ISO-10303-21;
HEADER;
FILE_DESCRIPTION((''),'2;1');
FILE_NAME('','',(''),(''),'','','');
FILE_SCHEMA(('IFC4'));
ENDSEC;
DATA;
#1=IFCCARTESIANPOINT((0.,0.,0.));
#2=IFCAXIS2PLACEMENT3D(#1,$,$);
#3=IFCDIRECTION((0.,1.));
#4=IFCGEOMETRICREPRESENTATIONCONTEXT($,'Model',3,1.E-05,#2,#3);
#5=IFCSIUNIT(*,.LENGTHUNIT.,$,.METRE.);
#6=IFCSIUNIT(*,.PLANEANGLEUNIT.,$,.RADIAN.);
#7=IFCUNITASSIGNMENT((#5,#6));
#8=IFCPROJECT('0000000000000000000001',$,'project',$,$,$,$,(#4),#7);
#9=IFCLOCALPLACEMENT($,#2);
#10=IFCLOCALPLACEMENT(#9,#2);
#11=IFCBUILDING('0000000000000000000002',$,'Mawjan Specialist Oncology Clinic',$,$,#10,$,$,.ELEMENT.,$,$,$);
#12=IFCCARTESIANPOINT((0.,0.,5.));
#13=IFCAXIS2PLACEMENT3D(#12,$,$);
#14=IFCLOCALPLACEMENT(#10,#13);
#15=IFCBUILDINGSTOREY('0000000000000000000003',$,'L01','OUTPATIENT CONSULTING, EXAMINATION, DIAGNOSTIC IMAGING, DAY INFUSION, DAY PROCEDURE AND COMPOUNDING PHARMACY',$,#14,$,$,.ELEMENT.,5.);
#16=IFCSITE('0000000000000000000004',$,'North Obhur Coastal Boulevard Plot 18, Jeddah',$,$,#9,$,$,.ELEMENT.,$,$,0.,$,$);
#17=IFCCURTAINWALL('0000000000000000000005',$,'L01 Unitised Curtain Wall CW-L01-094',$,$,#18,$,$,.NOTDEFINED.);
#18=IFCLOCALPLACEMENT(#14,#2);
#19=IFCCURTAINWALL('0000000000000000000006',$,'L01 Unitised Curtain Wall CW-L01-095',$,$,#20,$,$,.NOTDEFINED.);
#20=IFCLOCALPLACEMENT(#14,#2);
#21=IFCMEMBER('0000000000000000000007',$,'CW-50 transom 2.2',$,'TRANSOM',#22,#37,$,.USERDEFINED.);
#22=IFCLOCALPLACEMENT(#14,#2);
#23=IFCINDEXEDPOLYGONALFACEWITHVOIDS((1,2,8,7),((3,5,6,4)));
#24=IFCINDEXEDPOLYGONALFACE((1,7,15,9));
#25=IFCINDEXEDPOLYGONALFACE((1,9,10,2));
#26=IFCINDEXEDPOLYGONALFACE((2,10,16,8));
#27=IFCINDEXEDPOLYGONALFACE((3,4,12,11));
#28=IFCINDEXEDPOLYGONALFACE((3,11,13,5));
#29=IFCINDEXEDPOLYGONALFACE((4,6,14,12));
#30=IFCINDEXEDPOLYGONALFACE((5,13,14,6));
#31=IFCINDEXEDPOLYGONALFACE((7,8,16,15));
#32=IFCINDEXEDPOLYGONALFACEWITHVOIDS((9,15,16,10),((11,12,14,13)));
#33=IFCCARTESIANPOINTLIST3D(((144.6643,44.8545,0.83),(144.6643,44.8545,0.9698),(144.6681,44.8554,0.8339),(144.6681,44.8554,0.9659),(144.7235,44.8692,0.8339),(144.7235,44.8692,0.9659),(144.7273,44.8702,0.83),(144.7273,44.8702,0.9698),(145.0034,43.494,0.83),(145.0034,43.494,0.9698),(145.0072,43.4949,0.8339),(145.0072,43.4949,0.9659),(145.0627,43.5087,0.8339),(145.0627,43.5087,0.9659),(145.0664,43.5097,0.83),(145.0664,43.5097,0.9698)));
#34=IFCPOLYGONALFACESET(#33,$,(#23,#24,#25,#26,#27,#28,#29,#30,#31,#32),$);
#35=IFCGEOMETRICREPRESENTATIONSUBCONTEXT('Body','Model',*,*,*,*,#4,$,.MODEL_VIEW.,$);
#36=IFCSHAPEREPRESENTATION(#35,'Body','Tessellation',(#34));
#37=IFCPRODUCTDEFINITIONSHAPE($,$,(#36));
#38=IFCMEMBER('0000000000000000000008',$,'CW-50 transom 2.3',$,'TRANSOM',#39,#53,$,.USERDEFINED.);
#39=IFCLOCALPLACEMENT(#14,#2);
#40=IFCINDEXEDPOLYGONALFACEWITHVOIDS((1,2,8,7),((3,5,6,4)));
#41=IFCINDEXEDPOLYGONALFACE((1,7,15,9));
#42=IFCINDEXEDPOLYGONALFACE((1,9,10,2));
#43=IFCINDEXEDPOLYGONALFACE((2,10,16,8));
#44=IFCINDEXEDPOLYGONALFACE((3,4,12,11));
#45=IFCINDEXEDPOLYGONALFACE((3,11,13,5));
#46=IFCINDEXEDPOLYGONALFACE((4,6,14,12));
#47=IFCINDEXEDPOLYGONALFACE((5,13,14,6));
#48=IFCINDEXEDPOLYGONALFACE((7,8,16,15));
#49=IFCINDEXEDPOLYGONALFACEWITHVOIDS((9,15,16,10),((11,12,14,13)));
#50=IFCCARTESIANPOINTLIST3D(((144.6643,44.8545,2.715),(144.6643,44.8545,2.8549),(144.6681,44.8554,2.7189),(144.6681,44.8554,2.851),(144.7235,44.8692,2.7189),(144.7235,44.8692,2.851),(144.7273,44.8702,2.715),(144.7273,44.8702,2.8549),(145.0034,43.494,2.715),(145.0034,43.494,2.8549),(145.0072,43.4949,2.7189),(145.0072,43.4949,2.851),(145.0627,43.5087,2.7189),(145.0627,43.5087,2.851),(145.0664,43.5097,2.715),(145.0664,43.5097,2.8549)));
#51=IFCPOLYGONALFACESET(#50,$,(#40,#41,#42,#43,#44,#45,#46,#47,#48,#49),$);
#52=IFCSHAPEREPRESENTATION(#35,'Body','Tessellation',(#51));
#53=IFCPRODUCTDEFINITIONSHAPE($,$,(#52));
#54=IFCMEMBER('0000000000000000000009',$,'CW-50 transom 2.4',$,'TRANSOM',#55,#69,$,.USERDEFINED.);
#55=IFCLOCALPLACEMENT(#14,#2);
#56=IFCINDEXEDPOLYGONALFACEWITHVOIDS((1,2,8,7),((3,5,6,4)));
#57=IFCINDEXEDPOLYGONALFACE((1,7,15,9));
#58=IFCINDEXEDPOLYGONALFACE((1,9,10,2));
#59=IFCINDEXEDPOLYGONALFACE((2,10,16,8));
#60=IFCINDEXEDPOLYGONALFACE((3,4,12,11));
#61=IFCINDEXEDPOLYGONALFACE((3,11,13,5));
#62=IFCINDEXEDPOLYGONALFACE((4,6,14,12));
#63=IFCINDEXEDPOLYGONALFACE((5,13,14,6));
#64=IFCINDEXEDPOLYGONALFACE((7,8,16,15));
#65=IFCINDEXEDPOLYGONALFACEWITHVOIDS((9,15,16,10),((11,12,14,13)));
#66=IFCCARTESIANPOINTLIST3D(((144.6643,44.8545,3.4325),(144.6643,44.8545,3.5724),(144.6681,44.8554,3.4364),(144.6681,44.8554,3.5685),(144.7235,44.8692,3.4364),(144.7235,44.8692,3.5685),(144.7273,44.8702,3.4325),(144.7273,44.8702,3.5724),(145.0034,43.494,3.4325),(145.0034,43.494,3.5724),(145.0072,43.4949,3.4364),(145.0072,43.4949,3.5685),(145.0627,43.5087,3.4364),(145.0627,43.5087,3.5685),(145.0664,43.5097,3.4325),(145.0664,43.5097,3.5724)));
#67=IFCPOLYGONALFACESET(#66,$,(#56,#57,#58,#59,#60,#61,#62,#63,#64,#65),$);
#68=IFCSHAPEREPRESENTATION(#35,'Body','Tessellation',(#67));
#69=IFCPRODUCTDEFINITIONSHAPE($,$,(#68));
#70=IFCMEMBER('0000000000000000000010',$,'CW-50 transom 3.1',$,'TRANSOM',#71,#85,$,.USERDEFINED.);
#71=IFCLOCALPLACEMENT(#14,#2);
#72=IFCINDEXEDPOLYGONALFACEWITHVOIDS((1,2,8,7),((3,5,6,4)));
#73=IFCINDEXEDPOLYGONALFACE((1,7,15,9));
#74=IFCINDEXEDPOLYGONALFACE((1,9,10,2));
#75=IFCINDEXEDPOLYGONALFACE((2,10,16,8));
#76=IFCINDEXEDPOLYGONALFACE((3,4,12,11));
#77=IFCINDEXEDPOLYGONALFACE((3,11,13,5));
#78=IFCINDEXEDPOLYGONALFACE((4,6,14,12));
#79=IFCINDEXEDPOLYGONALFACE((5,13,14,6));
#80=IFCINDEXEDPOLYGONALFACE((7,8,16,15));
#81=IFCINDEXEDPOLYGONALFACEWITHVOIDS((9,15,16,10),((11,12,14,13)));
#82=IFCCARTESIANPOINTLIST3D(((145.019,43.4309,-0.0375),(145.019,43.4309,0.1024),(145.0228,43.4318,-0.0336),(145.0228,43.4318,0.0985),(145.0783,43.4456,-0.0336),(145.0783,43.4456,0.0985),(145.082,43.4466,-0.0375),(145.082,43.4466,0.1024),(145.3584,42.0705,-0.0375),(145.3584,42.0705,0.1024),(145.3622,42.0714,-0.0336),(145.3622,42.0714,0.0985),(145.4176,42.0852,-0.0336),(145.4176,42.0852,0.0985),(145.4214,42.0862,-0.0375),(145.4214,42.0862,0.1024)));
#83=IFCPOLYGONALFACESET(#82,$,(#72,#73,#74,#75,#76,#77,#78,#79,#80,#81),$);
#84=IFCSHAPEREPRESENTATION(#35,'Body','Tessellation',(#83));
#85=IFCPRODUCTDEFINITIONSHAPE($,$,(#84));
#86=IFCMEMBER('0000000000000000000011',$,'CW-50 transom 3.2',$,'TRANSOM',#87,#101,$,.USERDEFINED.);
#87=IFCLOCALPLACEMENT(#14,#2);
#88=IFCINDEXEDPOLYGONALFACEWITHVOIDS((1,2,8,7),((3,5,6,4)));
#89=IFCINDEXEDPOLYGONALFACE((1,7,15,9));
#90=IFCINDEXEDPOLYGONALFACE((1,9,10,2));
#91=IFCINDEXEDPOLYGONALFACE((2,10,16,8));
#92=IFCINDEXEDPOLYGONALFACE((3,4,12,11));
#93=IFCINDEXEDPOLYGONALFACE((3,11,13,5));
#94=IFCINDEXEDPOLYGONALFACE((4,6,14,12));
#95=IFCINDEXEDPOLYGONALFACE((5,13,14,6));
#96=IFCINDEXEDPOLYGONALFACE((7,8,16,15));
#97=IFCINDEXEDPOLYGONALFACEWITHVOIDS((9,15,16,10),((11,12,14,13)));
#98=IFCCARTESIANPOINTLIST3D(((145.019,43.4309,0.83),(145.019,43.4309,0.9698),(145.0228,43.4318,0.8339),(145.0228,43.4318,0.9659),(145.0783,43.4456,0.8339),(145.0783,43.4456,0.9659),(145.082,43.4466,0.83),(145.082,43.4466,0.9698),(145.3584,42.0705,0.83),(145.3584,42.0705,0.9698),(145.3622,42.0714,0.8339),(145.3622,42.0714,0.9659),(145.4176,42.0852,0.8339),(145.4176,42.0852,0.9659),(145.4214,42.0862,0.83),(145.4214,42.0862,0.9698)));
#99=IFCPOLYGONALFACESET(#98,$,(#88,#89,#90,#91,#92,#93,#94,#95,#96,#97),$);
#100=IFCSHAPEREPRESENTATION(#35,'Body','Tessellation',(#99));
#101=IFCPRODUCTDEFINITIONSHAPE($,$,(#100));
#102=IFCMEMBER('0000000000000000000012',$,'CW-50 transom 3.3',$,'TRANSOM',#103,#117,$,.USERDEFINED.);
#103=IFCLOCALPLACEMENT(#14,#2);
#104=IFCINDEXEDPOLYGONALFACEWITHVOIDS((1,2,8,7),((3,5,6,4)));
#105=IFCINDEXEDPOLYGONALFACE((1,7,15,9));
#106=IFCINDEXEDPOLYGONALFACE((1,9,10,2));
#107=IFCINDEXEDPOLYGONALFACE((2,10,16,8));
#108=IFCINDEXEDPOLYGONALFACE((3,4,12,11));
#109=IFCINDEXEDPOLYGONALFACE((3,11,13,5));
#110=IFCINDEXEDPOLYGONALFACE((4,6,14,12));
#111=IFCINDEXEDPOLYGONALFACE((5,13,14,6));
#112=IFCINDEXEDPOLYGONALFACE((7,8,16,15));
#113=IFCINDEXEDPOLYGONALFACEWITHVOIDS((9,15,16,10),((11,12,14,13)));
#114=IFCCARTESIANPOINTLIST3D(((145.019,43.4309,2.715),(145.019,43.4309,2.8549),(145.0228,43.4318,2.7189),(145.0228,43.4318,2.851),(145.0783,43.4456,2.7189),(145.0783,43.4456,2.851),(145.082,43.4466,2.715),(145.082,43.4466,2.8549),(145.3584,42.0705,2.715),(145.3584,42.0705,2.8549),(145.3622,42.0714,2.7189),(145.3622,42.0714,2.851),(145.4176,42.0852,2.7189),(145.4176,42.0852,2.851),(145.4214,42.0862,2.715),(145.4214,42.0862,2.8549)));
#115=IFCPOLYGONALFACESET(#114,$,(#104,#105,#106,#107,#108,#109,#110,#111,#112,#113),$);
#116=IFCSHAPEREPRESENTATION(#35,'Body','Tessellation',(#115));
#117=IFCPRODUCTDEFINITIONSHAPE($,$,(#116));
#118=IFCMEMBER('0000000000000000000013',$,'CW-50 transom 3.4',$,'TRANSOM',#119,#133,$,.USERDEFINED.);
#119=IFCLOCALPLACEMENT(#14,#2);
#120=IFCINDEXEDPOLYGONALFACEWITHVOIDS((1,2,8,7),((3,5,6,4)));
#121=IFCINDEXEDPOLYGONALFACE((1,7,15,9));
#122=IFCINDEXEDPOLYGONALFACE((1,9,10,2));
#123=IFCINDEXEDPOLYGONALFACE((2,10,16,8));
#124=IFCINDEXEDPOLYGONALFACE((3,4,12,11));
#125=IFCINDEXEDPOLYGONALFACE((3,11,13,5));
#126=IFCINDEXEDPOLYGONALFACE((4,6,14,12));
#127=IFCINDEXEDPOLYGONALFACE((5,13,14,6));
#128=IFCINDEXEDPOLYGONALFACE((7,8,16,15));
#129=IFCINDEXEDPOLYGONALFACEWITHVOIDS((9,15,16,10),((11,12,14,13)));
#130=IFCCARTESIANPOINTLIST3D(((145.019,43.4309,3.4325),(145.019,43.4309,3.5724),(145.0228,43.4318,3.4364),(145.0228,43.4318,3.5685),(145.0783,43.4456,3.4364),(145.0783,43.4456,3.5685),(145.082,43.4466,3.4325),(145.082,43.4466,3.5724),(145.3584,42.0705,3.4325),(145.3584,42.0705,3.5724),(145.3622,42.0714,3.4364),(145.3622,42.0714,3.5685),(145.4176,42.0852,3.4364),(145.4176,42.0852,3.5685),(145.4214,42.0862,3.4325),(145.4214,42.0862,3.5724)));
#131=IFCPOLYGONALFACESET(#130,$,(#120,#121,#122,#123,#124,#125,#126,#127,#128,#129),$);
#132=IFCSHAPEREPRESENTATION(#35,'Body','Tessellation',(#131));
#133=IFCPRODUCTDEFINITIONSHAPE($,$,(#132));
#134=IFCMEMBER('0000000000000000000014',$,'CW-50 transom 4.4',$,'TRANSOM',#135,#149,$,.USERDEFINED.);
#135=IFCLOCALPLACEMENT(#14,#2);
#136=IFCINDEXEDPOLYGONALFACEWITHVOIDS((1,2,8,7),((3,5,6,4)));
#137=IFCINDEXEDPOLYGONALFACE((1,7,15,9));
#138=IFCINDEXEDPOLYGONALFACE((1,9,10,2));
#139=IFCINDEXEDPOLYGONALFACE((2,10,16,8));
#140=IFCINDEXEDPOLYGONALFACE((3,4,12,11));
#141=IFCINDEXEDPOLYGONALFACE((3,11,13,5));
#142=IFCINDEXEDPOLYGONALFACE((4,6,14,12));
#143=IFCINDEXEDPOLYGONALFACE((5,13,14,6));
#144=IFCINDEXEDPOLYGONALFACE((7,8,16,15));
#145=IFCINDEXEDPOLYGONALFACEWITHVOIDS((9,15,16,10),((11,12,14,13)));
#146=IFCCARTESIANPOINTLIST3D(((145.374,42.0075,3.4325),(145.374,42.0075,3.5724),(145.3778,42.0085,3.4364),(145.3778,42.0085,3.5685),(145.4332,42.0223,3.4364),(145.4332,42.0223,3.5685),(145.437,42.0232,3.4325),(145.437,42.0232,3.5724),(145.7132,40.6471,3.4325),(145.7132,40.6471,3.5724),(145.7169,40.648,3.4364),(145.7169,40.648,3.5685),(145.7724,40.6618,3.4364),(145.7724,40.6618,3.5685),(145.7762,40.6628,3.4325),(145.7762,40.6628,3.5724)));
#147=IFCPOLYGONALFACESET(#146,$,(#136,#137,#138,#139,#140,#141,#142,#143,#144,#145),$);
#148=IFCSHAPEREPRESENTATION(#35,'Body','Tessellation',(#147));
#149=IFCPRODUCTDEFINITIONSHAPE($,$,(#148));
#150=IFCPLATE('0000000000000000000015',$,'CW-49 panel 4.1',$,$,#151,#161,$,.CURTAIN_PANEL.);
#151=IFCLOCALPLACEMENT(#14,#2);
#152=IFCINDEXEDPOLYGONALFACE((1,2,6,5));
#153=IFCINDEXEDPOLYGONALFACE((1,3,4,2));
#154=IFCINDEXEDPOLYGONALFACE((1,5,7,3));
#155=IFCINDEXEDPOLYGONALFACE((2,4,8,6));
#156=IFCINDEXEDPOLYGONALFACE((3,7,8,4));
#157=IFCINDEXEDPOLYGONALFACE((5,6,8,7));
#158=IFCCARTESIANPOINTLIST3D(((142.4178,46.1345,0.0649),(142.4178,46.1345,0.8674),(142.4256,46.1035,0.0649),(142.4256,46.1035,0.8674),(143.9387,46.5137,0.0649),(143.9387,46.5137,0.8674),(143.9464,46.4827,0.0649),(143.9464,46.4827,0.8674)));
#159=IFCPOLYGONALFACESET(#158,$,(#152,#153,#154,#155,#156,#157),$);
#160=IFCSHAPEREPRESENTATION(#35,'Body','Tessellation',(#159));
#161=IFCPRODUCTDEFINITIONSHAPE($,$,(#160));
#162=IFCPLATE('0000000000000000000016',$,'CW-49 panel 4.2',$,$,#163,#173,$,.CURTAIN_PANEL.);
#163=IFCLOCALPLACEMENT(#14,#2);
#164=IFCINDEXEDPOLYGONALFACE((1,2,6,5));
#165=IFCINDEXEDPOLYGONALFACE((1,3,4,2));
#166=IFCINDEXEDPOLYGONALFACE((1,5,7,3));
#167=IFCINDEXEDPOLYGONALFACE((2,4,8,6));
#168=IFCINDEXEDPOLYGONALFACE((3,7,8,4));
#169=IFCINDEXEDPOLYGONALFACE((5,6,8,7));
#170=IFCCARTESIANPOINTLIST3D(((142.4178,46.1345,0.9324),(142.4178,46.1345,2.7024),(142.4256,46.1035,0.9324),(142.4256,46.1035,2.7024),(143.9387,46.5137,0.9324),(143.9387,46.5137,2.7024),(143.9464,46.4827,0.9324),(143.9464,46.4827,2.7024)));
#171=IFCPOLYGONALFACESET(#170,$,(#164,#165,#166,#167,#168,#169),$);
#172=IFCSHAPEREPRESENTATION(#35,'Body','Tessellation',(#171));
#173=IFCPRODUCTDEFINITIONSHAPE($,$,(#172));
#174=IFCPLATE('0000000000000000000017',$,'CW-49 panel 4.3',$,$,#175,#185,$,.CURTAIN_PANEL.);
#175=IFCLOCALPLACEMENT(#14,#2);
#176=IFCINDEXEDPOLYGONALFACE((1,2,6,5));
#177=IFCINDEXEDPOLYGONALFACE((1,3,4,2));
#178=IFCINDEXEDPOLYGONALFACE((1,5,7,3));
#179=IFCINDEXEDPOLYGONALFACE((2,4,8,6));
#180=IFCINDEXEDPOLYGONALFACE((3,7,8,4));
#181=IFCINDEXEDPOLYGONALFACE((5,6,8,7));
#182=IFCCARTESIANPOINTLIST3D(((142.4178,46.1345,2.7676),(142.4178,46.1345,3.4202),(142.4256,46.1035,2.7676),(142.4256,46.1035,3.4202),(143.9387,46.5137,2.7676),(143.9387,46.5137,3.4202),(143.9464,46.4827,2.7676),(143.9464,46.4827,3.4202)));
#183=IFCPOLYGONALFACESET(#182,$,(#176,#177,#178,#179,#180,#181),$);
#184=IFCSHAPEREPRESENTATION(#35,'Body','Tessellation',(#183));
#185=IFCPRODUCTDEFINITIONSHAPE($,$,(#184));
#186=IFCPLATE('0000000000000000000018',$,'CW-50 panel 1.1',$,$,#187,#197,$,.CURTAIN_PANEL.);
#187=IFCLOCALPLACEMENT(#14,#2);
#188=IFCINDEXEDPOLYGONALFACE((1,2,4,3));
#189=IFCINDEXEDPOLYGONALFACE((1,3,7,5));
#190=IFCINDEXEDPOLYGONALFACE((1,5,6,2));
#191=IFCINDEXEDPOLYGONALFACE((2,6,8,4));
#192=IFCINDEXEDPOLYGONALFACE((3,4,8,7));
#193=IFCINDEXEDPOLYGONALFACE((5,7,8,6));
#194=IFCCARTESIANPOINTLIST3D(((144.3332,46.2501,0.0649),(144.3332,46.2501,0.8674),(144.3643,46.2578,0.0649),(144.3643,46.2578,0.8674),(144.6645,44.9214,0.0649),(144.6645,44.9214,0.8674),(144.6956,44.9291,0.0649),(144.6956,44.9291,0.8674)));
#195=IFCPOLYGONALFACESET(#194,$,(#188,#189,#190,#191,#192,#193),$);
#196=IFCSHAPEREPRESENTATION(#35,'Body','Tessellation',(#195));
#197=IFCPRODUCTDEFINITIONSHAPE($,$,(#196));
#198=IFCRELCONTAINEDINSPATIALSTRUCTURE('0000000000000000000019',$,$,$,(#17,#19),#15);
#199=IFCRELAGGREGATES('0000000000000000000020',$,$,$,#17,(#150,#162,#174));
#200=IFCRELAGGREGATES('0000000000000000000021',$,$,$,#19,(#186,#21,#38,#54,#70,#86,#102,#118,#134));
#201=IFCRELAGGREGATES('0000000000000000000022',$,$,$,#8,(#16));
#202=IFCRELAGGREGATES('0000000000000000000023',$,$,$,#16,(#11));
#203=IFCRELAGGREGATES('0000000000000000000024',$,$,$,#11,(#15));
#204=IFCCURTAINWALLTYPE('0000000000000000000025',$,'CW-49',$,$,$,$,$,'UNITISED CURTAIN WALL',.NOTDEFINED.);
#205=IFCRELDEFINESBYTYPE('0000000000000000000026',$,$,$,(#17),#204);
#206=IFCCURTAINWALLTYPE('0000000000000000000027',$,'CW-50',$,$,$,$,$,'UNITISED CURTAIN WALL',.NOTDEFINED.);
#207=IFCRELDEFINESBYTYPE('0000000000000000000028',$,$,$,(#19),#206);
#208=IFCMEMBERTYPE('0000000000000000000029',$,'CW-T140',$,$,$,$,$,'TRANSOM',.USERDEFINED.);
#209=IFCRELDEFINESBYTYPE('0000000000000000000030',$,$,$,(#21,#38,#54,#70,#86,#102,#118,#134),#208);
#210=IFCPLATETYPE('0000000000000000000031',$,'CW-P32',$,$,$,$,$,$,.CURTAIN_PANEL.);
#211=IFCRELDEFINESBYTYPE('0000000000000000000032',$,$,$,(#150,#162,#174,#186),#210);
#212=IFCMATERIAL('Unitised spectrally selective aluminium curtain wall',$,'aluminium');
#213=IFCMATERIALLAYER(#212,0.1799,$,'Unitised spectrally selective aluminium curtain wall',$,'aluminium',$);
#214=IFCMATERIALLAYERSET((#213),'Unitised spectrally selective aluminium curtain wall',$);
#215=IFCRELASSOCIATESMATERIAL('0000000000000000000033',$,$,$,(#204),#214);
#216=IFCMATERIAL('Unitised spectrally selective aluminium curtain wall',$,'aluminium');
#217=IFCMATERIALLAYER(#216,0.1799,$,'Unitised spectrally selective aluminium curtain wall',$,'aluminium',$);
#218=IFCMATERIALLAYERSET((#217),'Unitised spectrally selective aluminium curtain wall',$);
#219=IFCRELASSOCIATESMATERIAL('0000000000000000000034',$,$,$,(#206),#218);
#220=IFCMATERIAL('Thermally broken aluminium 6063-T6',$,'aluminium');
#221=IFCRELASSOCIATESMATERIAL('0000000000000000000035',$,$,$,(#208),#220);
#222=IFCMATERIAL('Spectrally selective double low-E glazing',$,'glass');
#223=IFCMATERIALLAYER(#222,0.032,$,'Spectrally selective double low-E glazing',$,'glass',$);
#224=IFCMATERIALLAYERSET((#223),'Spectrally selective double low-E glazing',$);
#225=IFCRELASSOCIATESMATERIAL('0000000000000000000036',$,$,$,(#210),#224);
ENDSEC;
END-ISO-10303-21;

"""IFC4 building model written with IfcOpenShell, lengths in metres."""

from ifc_helpers import new_model, si_unit, direction, frame, origin, origin_2d, place, context, subcontext, project, spatial, rectangle, hollow_rectangle, extrude, material, layer, layer_set, material_profile, profile_set, type_object, element, aggregate, save


model = new_model("IFC4")

# Units and contexts
model_context = context("Model", 3, precision=1e-05, world=origin(), true_north=direction((0.0, 1.0)))
body_context = subcontext(model_context, "Body", "Model", "MODEL_VIEW")
ifc_project = project(units=[si_unit("LENGTHUNIT", "METRE"), si_unit("PLANEANGLEUNIT", "RADIAN")], contexts=[model_context])

# Site, building, storey
site_placement = place(None, origin())
site = spatial("IfcSite", under=ifc_project, at=site_placement, Name="North Obhur Coastal Boulevard Plot 18, Jeddah", CompositionType="ELEMENT", RefElevation=0.0)
building_placement = place(site_placement, origin())
building = spatial("IfcBuilding", under=site, at=building_placement, Name="Mawjan Specialist Oncology Clinic", CompositionType="ELEMENT")
storey_placement = place(building_placement, frame((0.0, 0.0, 5.0)))
storey = spatial("IfcBuildingStorey", under=building, at=storey_placement, Name="L01", Description="OUTPATIENT CONSULTING, EXAMINATION, DIAGNOSTIC IMAGING, DAY INFUSION, DAY PROCEDURE AND COMPOUNDING PHARMACY", CompositionType="ELEMENT", Elevation=5.0)

# Curtain wall
ifc_material_1 = material(Name="Unitised spectrally selective aluminium curtain wall", Category="aluminium")
ifc_layer_1 = layer(ifc_material_1, 0.1799, Name="Unitised spectrally selective aluminium curtain wall", Category="aluminium")
ifc_layer_set_1 = layer_set([ifc_layer_1], Name="Unitised spectrally selective aluminium curtain wall")
curtain_wall_type_1 = type_object("IfcCurtainWallType", Name="CW-49", ElementType="UNITISED CURTAIN WALL", PredefinedType="NOTDEFINED", material=ifc_layer_set_1)
curtain_wall_1_placement = place(storey_placement, origin())
curtain_wall_1 = element("IfcCurtainWall", 1, at=curtain_wall_1_placement, inside=storey, type_object=curtain_wall_type_1, Name="L01 Unitised Curtain Wall CW-L01-094", PredefinedType="NOTDEFINED")

# Curtain wall, members
ifc_material_2 = material(Name="Unitised spectrally selective aluminium curtain wall", Category="aluminium")
ifc_layer_2 = layer(ifc_material_2, 0.1799, Name="Unitised spectrally selective aluminium curtain wall", Category="aluminium")
ifc_layer_set_2 = layer_set([ifc_layer_2], Name="Unitised spectrally selective aluminium curtain wall")
curtain_wall_type_2 = type_object("IfcCurtainWallType", Name="CW-50", ElementType="UNITISED CURTAIN WALL", PredefinedType="NOTDEFINED", material=ifc_layer_set_2)
curtain_wall_2_placement = place(storey_placement, origin())
curtain_wall_2 = element("IfcCurtainWall", 2, at=curtain_wall_2_placement, inside=storey, type_object=curtain_wall_type_2, Name="L01 Unitised Curtain Wall CW-L01-095", PredefinedType="NOTDEFINED")
ifc_material_3 = material(Name="Thermally broken aluminium 6063-T6", Category="aluminium")
ifc_material_profile_1 = material_profile(ifc_material_3, hollow_rectangle(XDim=0.0649, YDim=0.1399, WallThickness=0.0039, at=origin_2d()), Name="ALU TRANSOM 140x65x4", Category="aluminium")
ifc_profile_set_1 = profile_set([ifc_material_profile_1], Name="Thermally broken aluminium 6063-T6")
member_type_1 = type_object("IfcMemberType", Name="CW-T140", ElementType="TRANSOM", PredefinedType="USERDEFINED", material=ifc_profile_set_1)
member_1_placement = place(storey_placement, frame((144.6958, 44.8623, 0.8999), z_axis=(0.24188, -0.970306, 0.0), x_axis=(0.970306, 0.24188, 0.0)))
member_1 = element("IfcMember", 3, at=member_1_placement, type_object=member_type_1, Name="CW-50 transom 2.2", ObjectType="TRANSOM", PredefinedType="USERDEFINED", context=body_context, shape_type="SweptSolid", body=[
    extrude(hollow_rectangle(XDim=0.0649, YDim=0.1399, WallThickness=0.0039, at=origin_2d()), origin(), (0.0, 0.0, 1.0), 1.4021),
])
member_2_placement = place(storey_placement, frame((144.6958, 44.8623, 2.7849), z_axis=(0.24188, -0.970306, 0.0), x_axis=(0.970306, 0.24188, 0.0)))
member_2 = element("IfcMember", 4, at=member_2_placement, type_object=member_type_1, Name="CW-50 transom 2.3", ObjectType="TRANSOM", PredefinedType="USERDEFINED", context=body_context, shape_type="SweptSolid", body=[
    extrude(hollow_rectangle(XDim=0.0649, YDim=0.1399, WallThickness=0.0039, at=origin_2d()), origin(), (0.0, 0.0, 1.0), 1.4021),
])
member_3_placement = place(storey_placement, frame((144.6958, 44.8623, 3.5024), z_axis=(0.24188, -0.970306, 0.0), x_axis=(0.970306, 0.24188, 0.0)))
member_3 = element("IfcMember", 5, at=member_3_placement, type_object=member_type_1, Name="CW-50 transom 2.4", ObjectType="TRANSOM", PredefinedType="USERDEFINED", context=body_context, shape_type="SweptSolid", body=[
    extrude(hollow_rectangle(XDim=0.0649, YDim=0.1399, WallThickness=0.0039, at=origin_2d()), origin(), (0.0, 0.0, 1.0), 1.4021),
])
member_4_placement = place(storey_placement, frame((145.0505, 43.4387, 0.0325), z_axis=(0.242044, -0.970265, 0.0), x_axis=(0.970265, 0.242044, 0.0)))
member_4 = element("IfcMember", 6, at=member_4_placement, type_object=member_type_1, Name="CW-50 transom 3.1", ObjectType="TRANSOM", PredefinedType="USERDEFINED", context=body_context, shape_type="SweptSolid", body=[
    extrude(hollow_rectangle(XDim=0.0649, YDim=0.1399, WallThickness=0.0039, at=origin_2d()), origin(), (0.0, 0.0, 1.0), 1.4021),
])
member_5_placement = place(storey_placement, frame((145.0505, 43.4387, 0.8999), z_axis=(0.242044, -0.970265, 0.0), x_axis=(0.970265, 0.242044, 0.0)))
member_5 = element("IfcMember", 7, at=member_5_placement, type_object=member_type_1, Name="CW-50 transom 3.2", ObjectType="TRANSOM", PredefinedType="USERDEFINED", context=body_context, shape_type="SweptSolid", body=[
    extrude(hollow_rectangle(XDim=0.0649, YDim=0.1399, WallThickness=0.0039, at=origin_2d()), origin(), (0.0, 0.0, 1.0), 1.4021),
])
member_6_placement = place(storey_placement, frame((145.0505, 43.4387, 2.7849), z_axis=(0.242044, -0.970265, 0.0), x_axis=(0.970265, 0.242044, 0.0)))
member_6 = element("IfcMember", 8, at=member_6_placement, type_object=member_type_1, Name="CW-50 transom 3.3", ObjectType="TRANSOM", PredefinedType="USERDEFINED", context=body_context, shape_type="SweptSolid", body=[
    extrude(hollow_rectangle(XDim=0.0649, YDim=0.1399, WallThickness=0.0039, at=origin_2d()), origin(), (0.0, 0.0, 1.0), 1.4021),
])
member_7_placement = place(storey_placement, frame((145.0505, 43.4387, 3.5024), z_axis=(0.242044, -0.970265, 0.0), x_axis=(0.970265, 0.242044, 0.0)))
member_7 = element("IfcMember", 9, at=member_7_placement, type_object=member_type_1, Name="CW-50 transom 3.4", ObjectType="TRANSOM", PredefinedType="USERDEFINED", context=body_context, shape_type="SweptSolid", body=[
    extrude(hollow_rectangle(XDim=0.0649, YDim=0.1399, WallThickness=0.0039, at=origin_2d()), origin(), (0.0, 0.0, 1.0), 1.4021),
])
member_8_placement = place(storey_placement, frame((145.4055, 42.0154, 3.5024), z_axis=(0.24188, -0.970306, 0.0), x_axis=(0.970306, 0.24188, 0.0)))
member_8 = element("IfcMember", 10, at=member_8_placement, type_object=member_type_1, Name="CW-50 transom 4.4", ObjectType="TRANSOM", PredefinedType="USERDEFINED", context=body_context, shape_type="SweptSolid", body=[
    extrude(hollow_rectangle(XDim=0.0649, YDim=0.1399, WallThickness=0.0039, at=origin_2d()), origin(), (0.0, 0.0, 1.0), 1.4021),
])

# Plates
ifc_material_4 = material(Name="Spectrally selective double low-E glazing", Category="glass")
ifc_layer_3 = layer(ifc_material_4, 0.032, Name="Spectrally selective double low-E glazing", Category="glass")
ifc_layer_set_3 = layer_set([ifc_layer_3], Name="Spectrally selective double low-E glazing")
plate_type = type_object("IfcPlateType", Name="CW-P32", PredefinedType="CURTAIN_PANEL", material=ifc_layer_set_3)
plate_1_placement = place(storey_placement, frame((143.1821, 46.3086, 0.0649), z_axis=(0.0, 0.0, 1.0), x_axis=(0.970296, 0.241922, 0.0)))
plate_1 = element("IfcPlate", 11, at=plate_1_placement, type_object=plate_type, Name="CW-49 panel 4.1", PredefinedType="CURTAIN_PANEL", context=body_context, shape_type="SweptSolid", body=[
    extrude(rectangle(XDim=1.5674, YDim=0.032, at=origin_2d()), origin(), (0.0, 0.0, 1.0), 0.8025),
])
plate_2_placement = place(storey_placement, frame((143.1821, 46.3086, 0.9324), z_axis=(0.0, 0.0, 1.0), x_axis=(0.970296, 0.241922, 0.0)))
plate_2 = element("IfcPlate", 12, at=plate_2_placement, type_object=plate_type, Name="CW-49 panel 4.2", PredefinedType="CURTAIN_PANEL", context=body_context, shape_type="SweptSolid", body=[
    extrude(rectangle(XDim=1.5674, YDim=0.032, at=origin_2d()), origin(), (0.0, 0.0, 1.0), 1.77),
])
plate_3_placement = place(storey_placement, frame((143.1821, 46.3086, 2.7676), z_axis=(0.0, 0.0, 1.0), x_axis=(0.970296, 0.241922, 0.0)))
plate_3 = element("IfcPlate", 13, at=plate_3_placement, type_object=plate_type, Name="CW-49 panel 4.3", PredefinedType="CURTAIN_PANEL", context=body_context, shape_type="SweptSolid", body=[
    extrude(rectangle(XDim=1.5674, YDim=0.032, at=origin_2d()), origin(), (0.0, 0.0, 1.0), 0.6526),
])
aggregate(curtain_wall_1, [plate_1, plate_2, plate_3])
plate_4_placement = place(storey_placement, frame((144.5144, 45.5896, 0.0649), z_axis=(0.0, 0.0, 1.0), x_axis=(0.241922, -0.970296, 0.0)))
plate_4 = element("IfcPlate", 14, at=plate_4_placement, type_object=plate_type, Name="CW-50 panel 1.1", PredefinedType="CURTAIN_PANEL", context=body_context, shape_type="SweptSolid", body=[
    extrude(rectangle(XDim=1.3694, YDim=0.032, at=origin_2d()), origin(), (0.0, 0.0, 1.0), 0.8025),
])
aggregate(curtain_wall_2, [plate_4, member_1, member_2, member_3, member_4, member_5, member_6, member_7, member_8])

save(model, "model.ifc")
